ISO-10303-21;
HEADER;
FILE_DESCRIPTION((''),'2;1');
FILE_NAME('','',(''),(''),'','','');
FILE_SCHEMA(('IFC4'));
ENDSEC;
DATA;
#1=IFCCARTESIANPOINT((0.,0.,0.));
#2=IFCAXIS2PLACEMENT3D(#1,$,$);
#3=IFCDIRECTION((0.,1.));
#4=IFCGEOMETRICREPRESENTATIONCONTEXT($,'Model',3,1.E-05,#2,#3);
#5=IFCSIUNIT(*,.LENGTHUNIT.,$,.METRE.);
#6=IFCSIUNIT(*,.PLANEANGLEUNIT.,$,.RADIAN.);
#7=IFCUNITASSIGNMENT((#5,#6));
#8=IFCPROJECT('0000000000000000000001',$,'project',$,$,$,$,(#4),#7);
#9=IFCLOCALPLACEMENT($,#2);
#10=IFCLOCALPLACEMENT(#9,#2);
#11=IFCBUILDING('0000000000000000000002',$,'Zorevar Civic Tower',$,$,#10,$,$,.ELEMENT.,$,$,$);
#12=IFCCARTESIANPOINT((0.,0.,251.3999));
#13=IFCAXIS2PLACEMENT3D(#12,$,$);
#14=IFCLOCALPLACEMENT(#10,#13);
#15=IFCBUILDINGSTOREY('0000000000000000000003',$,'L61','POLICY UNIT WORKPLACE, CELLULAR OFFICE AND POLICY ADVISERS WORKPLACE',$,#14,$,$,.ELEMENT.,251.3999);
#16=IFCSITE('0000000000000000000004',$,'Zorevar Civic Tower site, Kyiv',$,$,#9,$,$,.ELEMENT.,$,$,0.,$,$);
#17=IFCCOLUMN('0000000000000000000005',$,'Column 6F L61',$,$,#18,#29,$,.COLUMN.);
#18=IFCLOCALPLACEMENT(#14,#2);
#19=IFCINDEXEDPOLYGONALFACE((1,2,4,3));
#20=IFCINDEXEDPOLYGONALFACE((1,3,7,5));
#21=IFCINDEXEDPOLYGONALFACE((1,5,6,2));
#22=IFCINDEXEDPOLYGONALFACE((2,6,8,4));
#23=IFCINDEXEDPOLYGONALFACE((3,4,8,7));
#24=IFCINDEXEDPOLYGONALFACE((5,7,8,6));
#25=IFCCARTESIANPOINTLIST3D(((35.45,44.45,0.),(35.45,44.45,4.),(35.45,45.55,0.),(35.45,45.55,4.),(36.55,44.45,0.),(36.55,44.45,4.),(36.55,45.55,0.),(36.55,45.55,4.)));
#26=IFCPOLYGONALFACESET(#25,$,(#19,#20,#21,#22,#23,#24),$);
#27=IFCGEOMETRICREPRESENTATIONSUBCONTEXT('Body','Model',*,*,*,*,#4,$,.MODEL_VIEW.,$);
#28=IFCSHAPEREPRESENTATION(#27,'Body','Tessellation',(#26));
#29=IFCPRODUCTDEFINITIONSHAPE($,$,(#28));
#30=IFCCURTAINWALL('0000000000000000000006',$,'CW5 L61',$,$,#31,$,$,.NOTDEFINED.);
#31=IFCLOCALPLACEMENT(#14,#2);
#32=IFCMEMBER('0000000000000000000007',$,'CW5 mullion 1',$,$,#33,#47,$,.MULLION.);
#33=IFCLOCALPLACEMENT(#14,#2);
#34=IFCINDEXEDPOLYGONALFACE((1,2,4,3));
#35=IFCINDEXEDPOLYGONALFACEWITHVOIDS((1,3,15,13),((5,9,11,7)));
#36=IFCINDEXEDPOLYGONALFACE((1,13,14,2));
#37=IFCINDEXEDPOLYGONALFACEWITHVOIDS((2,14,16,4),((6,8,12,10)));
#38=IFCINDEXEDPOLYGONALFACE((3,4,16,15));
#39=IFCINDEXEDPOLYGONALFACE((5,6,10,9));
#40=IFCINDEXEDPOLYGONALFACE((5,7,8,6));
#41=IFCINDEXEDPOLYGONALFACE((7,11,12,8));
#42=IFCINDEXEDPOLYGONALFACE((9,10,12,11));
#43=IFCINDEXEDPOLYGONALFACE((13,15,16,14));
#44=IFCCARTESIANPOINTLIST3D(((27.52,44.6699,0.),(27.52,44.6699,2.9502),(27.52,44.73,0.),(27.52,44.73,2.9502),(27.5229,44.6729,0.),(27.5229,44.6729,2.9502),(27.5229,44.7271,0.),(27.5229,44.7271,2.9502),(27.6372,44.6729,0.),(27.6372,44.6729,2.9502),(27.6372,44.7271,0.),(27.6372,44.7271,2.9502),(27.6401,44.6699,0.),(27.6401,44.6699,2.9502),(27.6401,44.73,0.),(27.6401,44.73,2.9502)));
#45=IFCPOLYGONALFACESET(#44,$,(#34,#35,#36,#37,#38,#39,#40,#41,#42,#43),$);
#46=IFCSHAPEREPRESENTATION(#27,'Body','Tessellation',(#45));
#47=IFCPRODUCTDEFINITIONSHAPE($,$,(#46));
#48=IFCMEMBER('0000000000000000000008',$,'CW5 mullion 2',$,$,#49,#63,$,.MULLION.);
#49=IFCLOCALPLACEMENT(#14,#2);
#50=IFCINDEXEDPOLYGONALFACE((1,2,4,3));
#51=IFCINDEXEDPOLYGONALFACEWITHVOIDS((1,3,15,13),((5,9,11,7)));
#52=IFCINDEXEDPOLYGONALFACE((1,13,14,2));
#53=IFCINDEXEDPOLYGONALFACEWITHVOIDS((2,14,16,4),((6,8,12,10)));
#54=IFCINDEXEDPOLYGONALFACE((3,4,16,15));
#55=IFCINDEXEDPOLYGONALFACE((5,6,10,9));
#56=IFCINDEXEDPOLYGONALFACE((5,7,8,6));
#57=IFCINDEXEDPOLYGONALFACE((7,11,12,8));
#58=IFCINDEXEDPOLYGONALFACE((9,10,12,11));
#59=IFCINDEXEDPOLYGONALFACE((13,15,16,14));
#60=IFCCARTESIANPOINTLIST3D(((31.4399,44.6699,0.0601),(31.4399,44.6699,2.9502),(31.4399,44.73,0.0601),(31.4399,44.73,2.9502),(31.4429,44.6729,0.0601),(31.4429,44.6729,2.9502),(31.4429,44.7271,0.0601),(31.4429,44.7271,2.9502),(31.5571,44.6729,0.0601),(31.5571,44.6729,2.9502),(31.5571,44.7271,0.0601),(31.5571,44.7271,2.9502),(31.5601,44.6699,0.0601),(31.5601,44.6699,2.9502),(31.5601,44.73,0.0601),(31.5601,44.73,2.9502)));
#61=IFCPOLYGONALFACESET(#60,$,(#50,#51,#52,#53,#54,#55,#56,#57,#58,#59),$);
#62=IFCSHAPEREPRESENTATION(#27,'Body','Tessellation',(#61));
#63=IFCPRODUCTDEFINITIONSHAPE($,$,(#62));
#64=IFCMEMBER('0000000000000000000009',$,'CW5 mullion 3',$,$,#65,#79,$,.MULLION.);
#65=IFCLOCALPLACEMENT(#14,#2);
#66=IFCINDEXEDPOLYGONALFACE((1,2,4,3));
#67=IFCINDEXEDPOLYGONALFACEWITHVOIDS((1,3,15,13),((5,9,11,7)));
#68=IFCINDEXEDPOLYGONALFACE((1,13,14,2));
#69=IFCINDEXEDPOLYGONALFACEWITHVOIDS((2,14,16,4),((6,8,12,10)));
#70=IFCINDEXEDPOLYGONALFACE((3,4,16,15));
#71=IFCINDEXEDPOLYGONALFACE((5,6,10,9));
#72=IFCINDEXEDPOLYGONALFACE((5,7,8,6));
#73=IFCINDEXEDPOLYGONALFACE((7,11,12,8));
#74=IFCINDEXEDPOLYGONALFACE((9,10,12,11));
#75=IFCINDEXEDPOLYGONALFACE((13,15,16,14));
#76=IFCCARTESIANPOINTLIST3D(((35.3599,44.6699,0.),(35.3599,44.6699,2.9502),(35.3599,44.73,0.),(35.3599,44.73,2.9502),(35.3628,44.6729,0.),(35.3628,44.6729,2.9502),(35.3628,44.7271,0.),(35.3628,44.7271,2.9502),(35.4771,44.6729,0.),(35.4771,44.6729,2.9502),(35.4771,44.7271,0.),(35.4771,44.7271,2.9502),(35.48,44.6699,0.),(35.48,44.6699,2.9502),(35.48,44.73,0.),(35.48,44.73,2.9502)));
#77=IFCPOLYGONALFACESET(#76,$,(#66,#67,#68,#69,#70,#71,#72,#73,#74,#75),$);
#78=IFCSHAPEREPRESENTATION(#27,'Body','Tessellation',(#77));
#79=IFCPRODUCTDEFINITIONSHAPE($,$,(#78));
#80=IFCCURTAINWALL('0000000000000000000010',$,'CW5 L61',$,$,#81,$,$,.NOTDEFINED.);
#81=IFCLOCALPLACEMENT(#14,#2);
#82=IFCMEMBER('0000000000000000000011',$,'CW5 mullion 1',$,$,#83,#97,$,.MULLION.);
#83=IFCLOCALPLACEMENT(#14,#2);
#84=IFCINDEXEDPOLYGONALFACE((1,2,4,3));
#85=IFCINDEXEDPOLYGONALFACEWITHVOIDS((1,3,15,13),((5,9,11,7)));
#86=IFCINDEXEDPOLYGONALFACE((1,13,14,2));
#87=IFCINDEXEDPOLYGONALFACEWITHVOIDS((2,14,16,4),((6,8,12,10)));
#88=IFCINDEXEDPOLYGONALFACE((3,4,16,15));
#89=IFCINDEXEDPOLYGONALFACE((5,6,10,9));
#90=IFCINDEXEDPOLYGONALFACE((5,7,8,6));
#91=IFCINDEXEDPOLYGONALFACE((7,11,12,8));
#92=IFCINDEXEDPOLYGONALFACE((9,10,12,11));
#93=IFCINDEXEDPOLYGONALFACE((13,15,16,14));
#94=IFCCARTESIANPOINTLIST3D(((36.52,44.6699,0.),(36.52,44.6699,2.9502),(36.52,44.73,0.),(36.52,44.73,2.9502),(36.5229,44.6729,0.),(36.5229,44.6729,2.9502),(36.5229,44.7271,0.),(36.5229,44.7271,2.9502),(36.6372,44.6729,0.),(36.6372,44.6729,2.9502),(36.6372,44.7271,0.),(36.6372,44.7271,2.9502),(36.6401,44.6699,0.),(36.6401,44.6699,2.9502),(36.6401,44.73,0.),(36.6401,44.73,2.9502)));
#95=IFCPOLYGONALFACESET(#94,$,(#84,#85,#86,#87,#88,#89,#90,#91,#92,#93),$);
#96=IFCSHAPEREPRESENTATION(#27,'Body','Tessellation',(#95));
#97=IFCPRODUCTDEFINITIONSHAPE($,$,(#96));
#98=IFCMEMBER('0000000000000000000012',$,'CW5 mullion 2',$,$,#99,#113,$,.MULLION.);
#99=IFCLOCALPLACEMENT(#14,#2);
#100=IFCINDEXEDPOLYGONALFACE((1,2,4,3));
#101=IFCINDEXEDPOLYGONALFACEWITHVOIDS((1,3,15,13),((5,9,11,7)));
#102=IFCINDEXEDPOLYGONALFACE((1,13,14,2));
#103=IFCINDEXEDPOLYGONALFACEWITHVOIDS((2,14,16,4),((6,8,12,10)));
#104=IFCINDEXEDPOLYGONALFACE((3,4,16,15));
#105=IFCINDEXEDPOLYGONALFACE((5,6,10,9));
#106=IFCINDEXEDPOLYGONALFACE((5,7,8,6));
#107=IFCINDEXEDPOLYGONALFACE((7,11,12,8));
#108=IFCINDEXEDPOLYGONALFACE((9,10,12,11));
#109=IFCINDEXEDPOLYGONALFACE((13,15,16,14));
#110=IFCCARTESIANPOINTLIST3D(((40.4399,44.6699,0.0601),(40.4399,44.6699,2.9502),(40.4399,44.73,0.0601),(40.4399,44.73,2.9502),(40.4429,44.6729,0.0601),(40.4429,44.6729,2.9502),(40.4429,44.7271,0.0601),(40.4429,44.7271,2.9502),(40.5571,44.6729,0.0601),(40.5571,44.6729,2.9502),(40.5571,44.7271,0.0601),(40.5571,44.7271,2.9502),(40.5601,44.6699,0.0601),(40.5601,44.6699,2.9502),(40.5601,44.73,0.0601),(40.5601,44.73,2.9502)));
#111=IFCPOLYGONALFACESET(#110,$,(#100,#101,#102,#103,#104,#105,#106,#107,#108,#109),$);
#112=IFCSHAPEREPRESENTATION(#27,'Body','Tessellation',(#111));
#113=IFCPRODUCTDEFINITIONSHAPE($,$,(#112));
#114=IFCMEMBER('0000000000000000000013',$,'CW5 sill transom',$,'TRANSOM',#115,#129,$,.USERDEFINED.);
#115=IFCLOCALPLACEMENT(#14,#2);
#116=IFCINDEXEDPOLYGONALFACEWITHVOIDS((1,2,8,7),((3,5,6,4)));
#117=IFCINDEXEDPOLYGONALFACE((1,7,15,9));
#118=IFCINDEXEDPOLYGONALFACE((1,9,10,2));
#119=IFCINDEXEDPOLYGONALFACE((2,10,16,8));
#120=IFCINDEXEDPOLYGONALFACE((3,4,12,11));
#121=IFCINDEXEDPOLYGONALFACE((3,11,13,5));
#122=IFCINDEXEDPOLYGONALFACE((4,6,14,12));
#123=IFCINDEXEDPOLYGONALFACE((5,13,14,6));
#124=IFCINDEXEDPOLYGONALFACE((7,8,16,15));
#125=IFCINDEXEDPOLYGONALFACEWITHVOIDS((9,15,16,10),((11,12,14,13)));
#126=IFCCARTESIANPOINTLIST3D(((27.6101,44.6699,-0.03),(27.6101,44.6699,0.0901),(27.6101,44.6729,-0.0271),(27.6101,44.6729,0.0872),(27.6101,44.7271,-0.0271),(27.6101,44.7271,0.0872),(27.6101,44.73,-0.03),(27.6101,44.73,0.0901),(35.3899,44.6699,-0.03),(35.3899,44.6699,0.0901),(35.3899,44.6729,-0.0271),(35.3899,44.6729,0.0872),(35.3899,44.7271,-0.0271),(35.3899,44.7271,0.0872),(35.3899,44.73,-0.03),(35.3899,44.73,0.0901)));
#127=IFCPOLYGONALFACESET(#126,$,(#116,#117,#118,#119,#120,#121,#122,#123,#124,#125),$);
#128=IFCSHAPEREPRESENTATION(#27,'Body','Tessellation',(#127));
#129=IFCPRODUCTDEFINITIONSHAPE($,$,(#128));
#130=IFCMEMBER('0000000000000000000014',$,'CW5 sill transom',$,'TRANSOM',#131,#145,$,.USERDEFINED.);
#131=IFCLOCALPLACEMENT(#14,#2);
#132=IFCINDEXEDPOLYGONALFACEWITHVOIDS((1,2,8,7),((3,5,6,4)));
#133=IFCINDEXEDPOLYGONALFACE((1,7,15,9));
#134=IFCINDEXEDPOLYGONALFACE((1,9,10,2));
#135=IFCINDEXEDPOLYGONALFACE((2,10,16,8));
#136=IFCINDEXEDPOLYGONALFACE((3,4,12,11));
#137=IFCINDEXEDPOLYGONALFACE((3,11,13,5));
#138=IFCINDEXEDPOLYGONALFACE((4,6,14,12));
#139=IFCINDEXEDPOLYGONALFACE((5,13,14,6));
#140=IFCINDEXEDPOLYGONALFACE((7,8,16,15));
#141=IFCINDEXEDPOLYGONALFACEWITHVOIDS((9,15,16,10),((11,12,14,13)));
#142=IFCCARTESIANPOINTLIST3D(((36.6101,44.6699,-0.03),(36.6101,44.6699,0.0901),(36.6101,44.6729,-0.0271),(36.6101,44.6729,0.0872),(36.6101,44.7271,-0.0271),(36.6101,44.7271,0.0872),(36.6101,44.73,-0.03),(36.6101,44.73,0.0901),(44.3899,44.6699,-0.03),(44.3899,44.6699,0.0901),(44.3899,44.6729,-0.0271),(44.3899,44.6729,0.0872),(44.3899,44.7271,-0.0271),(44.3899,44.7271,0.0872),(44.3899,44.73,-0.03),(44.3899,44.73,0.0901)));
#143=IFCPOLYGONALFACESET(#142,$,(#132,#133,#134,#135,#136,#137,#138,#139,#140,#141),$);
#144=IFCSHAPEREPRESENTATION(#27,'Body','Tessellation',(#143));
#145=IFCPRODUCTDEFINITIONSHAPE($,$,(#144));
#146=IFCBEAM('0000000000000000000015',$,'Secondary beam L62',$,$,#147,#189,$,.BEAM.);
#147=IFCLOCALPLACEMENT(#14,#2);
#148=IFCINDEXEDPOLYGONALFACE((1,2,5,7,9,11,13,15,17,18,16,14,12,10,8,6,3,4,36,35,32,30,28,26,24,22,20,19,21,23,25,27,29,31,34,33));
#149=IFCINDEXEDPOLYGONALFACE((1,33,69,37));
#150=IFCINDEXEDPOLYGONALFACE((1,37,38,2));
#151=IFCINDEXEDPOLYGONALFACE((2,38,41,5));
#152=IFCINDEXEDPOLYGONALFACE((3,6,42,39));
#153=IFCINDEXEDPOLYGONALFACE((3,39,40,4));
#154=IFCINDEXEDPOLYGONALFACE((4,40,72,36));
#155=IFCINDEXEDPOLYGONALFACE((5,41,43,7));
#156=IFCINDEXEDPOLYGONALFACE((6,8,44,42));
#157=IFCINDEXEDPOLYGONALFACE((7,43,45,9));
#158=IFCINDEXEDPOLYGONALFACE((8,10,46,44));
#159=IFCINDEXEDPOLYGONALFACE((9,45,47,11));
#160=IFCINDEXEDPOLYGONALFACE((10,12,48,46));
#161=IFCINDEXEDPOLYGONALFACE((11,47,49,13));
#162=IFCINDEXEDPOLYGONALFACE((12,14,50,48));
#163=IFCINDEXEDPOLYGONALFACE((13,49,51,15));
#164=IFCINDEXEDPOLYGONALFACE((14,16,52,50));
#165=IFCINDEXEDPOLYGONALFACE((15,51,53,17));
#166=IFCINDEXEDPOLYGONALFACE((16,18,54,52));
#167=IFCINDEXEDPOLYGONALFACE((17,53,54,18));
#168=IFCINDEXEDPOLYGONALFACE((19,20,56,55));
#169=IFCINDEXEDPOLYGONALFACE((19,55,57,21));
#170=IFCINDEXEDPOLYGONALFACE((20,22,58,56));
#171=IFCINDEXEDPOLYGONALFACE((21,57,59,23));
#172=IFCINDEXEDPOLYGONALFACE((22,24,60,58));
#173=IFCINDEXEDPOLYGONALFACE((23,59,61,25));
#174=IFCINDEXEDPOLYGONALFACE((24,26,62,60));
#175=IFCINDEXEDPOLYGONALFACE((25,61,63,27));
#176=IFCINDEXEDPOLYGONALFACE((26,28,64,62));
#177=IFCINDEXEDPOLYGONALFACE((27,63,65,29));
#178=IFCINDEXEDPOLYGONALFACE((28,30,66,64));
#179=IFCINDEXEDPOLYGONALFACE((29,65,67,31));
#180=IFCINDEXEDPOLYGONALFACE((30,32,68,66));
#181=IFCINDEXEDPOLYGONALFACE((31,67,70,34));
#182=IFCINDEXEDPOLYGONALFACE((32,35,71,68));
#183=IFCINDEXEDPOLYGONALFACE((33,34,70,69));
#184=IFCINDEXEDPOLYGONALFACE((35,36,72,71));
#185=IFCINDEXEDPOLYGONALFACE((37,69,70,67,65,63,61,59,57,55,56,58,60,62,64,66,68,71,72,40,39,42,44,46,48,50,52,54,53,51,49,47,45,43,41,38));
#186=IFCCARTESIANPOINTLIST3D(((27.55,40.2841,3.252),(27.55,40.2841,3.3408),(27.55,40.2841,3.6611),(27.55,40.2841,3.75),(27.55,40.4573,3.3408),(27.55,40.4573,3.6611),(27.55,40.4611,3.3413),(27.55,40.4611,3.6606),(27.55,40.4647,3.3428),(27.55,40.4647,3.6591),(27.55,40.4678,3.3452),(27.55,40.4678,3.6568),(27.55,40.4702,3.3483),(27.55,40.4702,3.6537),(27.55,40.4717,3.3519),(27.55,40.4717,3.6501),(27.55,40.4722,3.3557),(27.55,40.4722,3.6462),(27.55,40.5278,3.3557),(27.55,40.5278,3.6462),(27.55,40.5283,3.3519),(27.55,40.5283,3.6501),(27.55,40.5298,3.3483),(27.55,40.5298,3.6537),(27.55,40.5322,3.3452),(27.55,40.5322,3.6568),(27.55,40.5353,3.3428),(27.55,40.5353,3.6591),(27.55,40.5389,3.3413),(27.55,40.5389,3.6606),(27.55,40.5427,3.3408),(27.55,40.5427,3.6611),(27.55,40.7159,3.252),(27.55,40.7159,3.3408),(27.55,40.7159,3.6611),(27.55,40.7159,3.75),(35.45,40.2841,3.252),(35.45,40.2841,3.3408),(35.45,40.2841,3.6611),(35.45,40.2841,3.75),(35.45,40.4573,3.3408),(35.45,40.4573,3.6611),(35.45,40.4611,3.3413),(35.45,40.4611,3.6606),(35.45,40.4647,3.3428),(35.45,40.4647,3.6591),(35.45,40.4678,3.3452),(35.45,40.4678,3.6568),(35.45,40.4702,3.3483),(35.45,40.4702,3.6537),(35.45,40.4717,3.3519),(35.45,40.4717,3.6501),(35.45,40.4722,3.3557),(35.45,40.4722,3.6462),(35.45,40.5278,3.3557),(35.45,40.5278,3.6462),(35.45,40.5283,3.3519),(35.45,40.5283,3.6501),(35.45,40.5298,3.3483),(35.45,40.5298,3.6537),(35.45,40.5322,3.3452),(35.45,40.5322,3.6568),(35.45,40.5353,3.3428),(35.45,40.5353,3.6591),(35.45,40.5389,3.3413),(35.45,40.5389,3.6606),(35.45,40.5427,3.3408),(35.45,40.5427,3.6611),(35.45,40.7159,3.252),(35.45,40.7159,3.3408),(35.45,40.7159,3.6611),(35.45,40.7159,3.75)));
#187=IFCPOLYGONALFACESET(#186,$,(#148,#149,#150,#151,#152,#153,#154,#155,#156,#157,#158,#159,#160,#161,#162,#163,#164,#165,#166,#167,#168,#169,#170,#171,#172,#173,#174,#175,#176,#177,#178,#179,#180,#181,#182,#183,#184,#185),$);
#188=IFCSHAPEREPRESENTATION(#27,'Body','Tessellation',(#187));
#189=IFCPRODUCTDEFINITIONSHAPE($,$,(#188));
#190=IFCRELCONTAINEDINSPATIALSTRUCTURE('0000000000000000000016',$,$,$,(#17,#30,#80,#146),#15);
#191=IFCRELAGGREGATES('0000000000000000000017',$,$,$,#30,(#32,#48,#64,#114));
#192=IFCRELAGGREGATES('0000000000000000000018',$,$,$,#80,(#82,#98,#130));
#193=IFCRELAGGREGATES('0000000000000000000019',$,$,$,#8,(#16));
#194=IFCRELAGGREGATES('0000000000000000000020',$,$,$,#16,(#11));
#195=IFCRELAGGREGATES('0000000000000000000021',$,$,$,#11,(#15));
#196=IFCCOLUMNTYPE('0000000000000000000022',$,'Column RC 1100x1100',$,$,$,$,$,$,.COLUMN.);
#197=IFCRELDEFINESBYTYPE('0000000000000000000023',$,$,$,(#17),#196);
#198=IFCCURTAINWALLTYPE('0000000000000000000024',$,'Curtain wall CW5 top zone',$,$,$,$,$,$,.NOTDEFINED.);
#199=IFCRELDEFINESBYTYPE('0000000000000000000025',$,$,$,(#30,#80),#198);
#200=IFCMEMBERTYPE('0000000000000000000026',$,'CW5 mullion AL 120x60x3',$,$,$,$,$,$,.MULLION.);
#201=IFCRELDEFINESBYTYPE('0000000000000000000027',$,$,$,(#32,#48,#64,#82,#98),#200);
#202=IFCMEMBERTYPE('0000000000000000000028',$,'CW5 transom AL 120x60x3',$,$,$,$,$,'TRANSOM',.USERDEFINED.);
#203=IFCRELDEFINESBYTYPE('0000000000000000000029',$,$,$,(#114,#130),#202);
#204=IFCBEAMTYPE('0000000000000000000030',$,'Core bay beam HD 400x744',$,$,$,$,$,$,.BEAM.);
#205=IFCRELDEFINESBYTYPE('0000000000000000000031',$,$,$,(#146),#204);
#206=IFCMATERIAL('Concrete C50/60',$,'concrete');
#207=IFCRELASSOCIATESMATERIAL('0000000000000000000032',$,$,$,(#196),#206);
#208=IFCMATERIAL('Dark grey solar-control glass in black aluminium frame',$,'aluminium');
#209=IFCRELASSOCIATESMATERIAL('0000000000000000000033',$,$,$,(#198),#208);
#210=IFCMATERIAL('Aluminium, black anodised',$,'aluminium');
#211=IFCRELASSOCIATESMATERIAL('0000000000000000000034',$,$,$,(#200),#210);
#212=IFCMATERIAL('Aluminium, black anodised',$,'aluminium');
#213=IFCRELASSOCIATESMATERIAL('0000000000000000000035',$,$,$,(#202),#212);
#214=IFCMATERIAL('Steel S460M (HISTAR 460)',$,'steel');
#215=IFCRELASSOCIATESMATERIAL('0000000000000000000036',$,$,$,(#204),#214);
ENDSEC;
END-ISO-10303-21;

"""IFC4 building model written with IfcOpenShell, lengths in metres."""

from ifc_helpers import new_model, si_unit, direction, frame, origin, origin_2d, place, context, subcontext, project, spatial, rectangle, hollow_rectangle, i_section, extrude, material, material_profile, profile_set, type_object, element, aggregate, save


model = new_model("IFC4")

# Units and contexts
model_context = context("Model", 3, precision=1e-05, world=origin(), true_north=direction((0.0, 1.0)))
body_context = subcontext(model_context, "Body", "Model", "MODEL_VIEW")
ifc_project = project(units=[si_unit("LENGTHUNIT", "METRE"), si_unit("PLANEANGLEUNIT", "RADIAN")], contexts=[model_context])

# Site, building, storey
site_placement = place(None, origin())
site = spatial("IfcSite", under=ifc_project, at=site_placement, Name="Zorevar Civic Tower site, Kyiv", CompositionType="ELEMENT", RefElevation=0.0)
building_placement = place(site_placement, origin())
building = spatial("IfcBuilding", under=site, at=building_placement, Name="Zorevar Civic Tower", CompositionType="ELEMENT")
storey_placement = place(building_placement, frame((0.0, 0.0, 251.3999)))
storey = spatial("IfcBuildingStorey", under=building, at=storey_placement, Name="L61", Description="POLICY UNIT WORKPLACE, CELLULAR OFFICE AND POLICY ADVISERS WORKPLACE", CompositionType="ELEMENT", Elevation=251.3999)

# Column
ifc_material_1 = material(Name="Concrete C50/60", Category="concrete")
ifc_material_profile_1 = material_profile(ifc_material_1, rectangle(XDim=1.1001, YDim=1.1001, at=origin_2d()), Name="RC 1100x1100")
ifc_profile_set_1 = profile_set([ifc_material_profile_1], Name="Concrete C50/60")
column_type = type_object("IfcColumnType", Name="Column RC 1100x1100", PredefinedType="COLUMN", material=ifc_profile_set_1)
column_placement = place(storey_placement, frame((36.0, 45.0, 0.0), z_axis=(0.0, 0.0, 1.0), x_axis=(1.0, 0.0, 0.0)))
element("IfcColumn", 1, at=column_placement, inside=storey, type_object=column_type, Name="Column 6F L61", PredefinedType="COLUMN", context=body_context, shape_type="SweptSolid", body=[
    extrude(rectangle(XDim=1.1001, YDim=1.1001, at=origin_2d()), origin(), (0.0, 0.0, 1.0), 4.0),
])

# Curtain walls, members
ifc_material_2 = material(Name="Dark grey solar-control glass in black aluminium frame", Category="aluminium")
curtain_wall_type = type_object("IfcCurtainWallType", Name="Curtain wall CW5 top zone", PredefinedType="NOTDEFINED", material=ifc_material_2)
curtain_wall_1_placement = place(storey_placement, origin())
curtain_wall_1 = element("IfcCurtainWall", 2, at=curtain_wall_1_placement, inside=storey, type_object=curtain_wall_type, Name="CW5 L61", PredefinedType="NOTDEFINED")
ifc_material_3 = material(Name="Aluminium, black anodised", Category="aluminium")
ifc_material_profile_2 = material_profile(ifc_material_3, hollow_rectangle(XDim=0.0601, YDim=0.1201, WallThickness=0.0029, at=origin_2d()), Name="AL 120x60x3")
ifc_profile_set_2 = profile_set([ifc_material_profile_2], Name="Aluminium, black anodised")
member_type_1 = type_object("IfcMemberType", Name="CW5 mullion AL 120x60x3", PredefinedType="MULLION", material=ifc_profile_set_2)
member_1_placement = place(storey_placement, frame((27.5801, 44.7, 0.0), z_axis=(0.0, 0.0, 1.0), x_axis=(0.0, 1.0, 0.0)))
member_1 = element("IfcMember", 3, at=member_1_placement, type_object=member_type_1, Name="CW5 mullion 1", PredefinedType="MULLION", context=body_context, shape_type="SweptSolid", body=[
    extrude(hollow_rectangle(XDim=0.0601, YDim=0.1201, WallThickness=0.0029, at=origin_2d()), origin(), (0.0, 0.0, 1.0), 2.9502),
])
member_2_placement = place(storey_placement, frame((31.5, 44.7, 0.0601), z_axis=(0.0, 0.0, 1.0), x_axis=(0.0, 1.0, 0.0)))
member_2 = element("IfcMember", 4, at=member_2_placement, type_object=member_type_1, Name="CW5 mullion 2", PredefinedType="MULLION", context=body_context, shape_type="SweptSolid", body=[
    extrude(hollow_rectangle(XDim=0.0601, YDim=0.1201, WallThickness=0.0029, at=origin_2d()), origin(), (0.0, 0.0, 1.0), 2.8901),
])
member_3_placement = place(storey_placement, frame((35.4199, 44.7, 0.0), z_axis=(0.0, 0.0, 1.0), x_axis=(0.0, 1.0, 0.0)))
member_3 = element("IfcMember", 5, at=member_3_placement, type_object=member_type_1, Name="CW5 mullion 3", PredefinedType="MULLION", context=body_context, shape_type="SweptSolid", body=[
    extrude(hollow_rectangle(XDim=0.0601, YDim=0.1201, WallThickness=0.0029, at=origin_2d()), origin(), (0.0, 0.0, 1.0), 2.9502),
])
curtain_wall_2_placement = place(storey_placement, origin())
curtain_wall_2 = element("IfcCurtainWall", 6, at=curtain_wall_2_placement, inside=storey, type_object=curtain_wall_type, Name="CW5 L61", PredefinedType="NOTDEFINED")
member_4_placement = place(storey_placement, frame((36.5801, 44.7, 0.0), z_axis=(0.0, 0.0, 1.0), x_axis=(0.0, 1.0, 0.0)))
member_4 = element("IfcMember", 7, at=member_4_placement, type_object=member_type_1, Name="CW5 mullion 1", PredefinedType="MULLION", context=body_context, shape_type="SweptSolid", body=[
    extrude(hollow_rectangle(XDim=0.0601, YDim=0.1201, WallThickness=0.0029, at=origin_2d()), origin(), (0.0, 0.0, 1.0), 2.9502),
])
member_5_placement = place(storey_placement, frame((40.5, 44.7, 0.0601), z_axis=(0.0, 0.0, 1.0), x_axis=(0.0, 1.0, 0.0)))
member_5 = element("IfcMember", 8, at=member_5_placement, type_object=member_type_1, Name="CW5 mullion 2", PredefinedType="MULLION", context=body_context, shape_type="SweptSolid", body=[
    extrude(hollow_rectangle(XDim=0.0601, YDim=0.1201, WallThickness=0.0029, at=origin_2d()), origin(), (0.0, 0.0, 1.0), 2.8901),
])

# Members
ifc_material_4 = material(Name="Aluminium, black anodised", Category="aluminium")
ifc_material_profile_3 = material_profile(ifc_material_4, hollow_rectangle(XDim=0.0601, YDim=0.1201, WallThickness=0.0029, at=origin_2d()), Name="AL 120x60x3")
ifc_profile_set_3 = profile_set([ifc_material_profile_3], Name="Aluminium, black anodised")
member_type_2 = type_object("IfcMemberType", Name="CW5 transom AL 120x60x3", ElementType="TRANSOM", PredefinedType="USERDEFINED", material=ifc_profile_set_3)
member_6_placement = place(storey_placement, frame((27.6101, 44.7, 0.03), z_axis=(1.0, 0.0, 0.0), x_axis=(0.0, 1.0, 0.0)))
member_6 = element("IfcMember", 9, at=member_6_placement, type_object=member_type_2, Name="CW5 sill transom", ObjectType="TRANSOM", PredefinedType="USERDEFINED", context=body_context, shape_type="SweptSolid", body=[
    extrude(hollow_rectangle(XDim=0.0601, YDim=0.1201, WallThickness=0.0029, at=origin_2d()), origin(), (0.0, 0.0, 1.0), 7.7798),
])
member_7_placement = place(storey_placement, frame((36.6101, 44.7, 0.03), z_axis=(1.0, 0.0, 0.0), x_axis=(0.0, 1.0, 0.0)))
member_7 = element("IfcMember", 10, at=member_7_placement, type_object=member_type_2, Name="CW5 sill transom", ObjectType="TRANSOM", PredefinedType="USERDEFINED", context=body_context, shape_type="SweptSolid", body=[
    extrude(hollow_rectangle(XDim=0.0601, YDim=0.1201, WallThickness=0.0029, at=origin_2d()), origin(), (0.0, 0.0, 1.0), 7.7798),
])

# Beam
ifc_material_5 = material(Name="Steel S460M (HISTAR 460)", Category="steel")
ifc_material_profile_4 = material_profile(ifc_material_5, i_section(OverallWidth=0.4319, OverallDepth=0.498, WebThickness=0.0557, FlangeThickness=0.0889, FilletRadius=0.0149, at=origin_2d()), Name="HD 400x744")
ifc_profile_set_4 = profile_set([ifc_material_profile_4], Name="Steel S460M (HISTAR 460)")
beam_type_1 = type_object("IfcBeamType", Name="Core bay beam HD 400x744", PredefinedType="BEAM", material=ifc_profile_set_4)
for number, where, z_axis, x_axis, name in (
    (11, (27.55, 40.5, 3.501), (1.0, 0.0, 0.0), (0.0, 1.0, 0.0), "Secondary beam L62"),
):
    element("IfcBeam", number, at=place(storey_placement, frame(where, z_axis=z_axis, x_axis=x_axis)), inside=storey, type_object=beam_type_1, Name=name, PredefinedType="BEAM", context=body_context, shape_type="SweptSolid", body=[
        extrude(i_section(OverallWidth=0.4319, OverallDepth=0.498, WebThickness=0.0557, FlangeThickness=0.0889, FilletRadius=0.0149, at=origin_2d()), origin(), (0.0, 0.0, 1.0), 7.8999),
    ])

aggregate(curtain_wall_1, [member_1, member_2, member_3, member_6])
aggregate(curtain_wall_2, [member_4, member_5, member_7])

save(model, "model.ifc")
